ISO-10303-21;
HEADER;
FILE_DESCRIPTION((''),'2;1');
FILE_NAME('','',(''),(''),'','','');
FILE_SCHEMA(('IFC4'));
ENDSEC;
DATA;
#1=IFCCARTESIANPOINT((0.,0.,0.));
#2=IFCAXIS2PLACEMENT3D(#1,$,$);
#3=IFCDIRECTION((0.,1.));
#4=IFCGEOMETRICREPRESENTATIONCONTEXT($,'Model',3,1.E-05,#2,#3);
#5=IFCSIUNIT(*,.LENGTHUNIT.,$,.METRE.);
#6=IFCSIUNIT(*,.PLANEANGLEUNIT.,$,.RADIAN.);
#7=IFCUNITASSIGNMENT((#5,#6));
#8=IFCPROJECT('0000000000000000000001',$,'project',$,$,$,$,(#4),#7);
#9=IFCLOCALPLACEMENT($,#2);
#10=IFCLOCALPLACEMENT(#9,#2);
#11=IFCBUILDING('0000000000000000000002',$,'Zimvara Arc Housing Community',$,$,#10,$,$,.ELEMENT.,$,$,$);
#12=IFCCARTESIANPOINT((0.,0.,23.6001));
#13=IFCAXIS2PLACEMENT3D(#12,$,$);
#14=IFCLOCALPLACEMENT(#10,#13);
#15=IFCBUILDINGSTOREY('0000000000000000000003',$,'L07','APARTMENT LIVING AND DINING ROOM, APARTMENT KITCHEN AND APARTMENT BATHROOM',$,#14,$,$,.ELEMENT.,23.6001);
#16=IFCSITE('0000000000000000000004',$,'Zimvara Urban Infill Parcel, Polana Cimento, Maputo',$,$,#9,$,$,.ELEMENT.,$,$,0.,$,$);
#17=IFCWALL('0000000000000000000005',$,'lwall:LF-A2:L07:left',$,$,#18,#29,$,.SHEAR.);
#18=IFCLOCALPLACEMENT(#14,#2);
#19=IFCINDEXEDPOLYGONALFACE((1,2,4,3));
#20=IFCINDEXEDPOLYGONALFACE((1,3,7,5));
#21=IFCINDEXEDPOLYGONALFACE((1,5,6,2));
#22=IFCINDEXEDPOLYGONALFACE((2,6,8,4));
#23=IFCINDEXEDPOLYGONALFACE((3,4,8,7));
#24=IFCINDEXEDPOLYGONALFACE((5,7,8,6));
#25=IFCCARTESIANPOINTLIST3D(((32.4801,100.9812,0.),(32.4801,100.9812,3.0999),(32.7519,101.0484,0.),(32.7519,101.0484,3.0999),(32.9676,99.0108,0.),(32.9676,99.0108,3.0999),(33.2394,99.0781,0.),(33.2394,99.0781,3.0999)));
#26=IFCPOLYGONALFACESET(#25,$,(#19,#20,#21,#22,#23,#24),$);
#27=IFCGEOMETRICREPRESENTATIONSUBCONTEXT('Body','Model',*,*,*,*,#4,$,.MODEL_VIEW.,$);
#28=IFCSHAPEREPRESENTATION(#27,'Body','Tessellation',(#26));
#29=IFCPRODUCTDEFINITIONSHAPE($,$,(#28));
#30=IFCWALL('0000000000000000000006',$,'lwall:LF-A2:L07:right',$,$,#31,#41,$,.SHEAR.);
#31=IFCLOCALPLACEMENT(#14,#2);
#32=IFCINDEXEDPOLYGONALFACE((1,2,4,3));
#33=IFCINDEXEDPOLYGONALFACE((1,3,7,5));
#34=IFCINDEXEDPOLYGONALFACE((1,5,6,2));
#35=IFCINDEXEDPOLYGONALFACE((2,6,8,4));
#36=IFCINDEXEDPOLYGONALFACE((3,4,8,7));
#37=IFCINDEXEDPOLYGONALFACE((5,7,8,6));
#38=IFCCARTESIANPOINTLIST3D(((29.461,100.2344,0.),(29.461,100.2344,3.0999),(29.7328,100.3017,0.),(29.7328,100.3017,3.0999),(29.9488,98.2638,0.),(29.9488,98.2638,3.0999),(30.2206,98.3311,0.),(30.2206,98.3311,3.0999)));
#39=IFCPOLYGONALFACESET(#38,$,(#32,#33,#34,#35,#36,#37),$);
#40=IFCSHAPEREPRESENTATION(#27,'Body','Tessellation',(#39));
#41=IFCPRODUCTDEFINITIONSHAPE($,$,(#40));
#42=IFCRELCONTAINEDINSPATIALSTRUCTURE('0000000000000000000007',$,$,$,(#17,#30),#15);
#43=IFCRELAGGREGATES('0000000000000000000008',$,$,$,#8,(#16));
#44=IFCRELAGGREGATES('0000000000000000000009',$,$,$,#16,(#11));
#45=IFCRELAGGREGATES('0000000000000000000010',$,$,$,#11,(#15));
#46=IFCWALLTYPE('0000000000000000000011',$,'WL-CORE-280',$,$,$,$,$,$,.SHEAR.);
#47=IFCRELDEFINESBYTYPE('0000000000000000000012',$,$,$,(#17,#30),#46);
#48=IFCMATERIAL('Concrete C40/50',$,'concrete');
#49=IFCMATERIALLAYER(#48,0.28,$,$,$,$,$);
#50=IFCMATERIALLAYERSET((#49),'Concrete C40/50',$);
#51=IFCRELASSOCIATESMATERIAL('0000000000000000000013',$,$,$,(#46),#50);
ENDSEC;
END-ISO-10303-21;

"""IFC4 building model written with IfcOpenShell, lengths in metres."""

from ifc_helpers import new_model, si_unit, direction, frame, frame_2d, origin, place, context, subcontext, project, spatial, rectangle, extrude, material, layer, layer_set, type_object, element, save


model = new_model("IFC4")

# Units and contexts
model_context = context("Model", 3, precision=1e-05, world=origin(), true_north=direction((0.0, 1.0)))
body_context = subcontext(model_context, "Body", "Model", "MODEL_VIEW")
ifc_project = project(units=[si_unit("LENGTHUNIT", "METRE"), si_unit("PLANEANGLEUNIT", "RADIAN")], contexts=[model_context])

# Site, building, storey
site_placement = place(None, origin())
site = spatial("IfcSite", under=ifc_project, at=site_placement, Name="Zimvara Urban Infill Parcel, Polana Cimento, Maputo", CompositionType="ELEMENT", RefElevation=0.0)
building_placement = place(site_placement, origin())
building = spatial("IfcBuilding", under=site, at=building_placement, Name="Zimvara Arc Housing Community", CompositionType="ELEMENT")
storey_placement = place(building_placement, frame((0.0, 0.0, 23.6001)))
storey = spatial("IfcBuildingStorey", under=building, at=storey_placement, Name="L07", Description="APARTMENT LIVING AND DINING ROOM, APARTMENT KITCHEN AND APARTMENT BATHROOM", CompositionType="ELEMENT", Elevation=23.6001)

# Shared definitions
ifc_material_1 = material(Name="Concrete C40/50", Category="concrete")
ifc_layer_1 = layer(ifc_material_1, 0.28)
ifc_layer_set_1 = layer_set([ifc_layer_1], Name="Concrete C40/50")
wall_type_1 = type_object("IfcWallType", Name="WL-CORE-280", PredefinedType="SHEAR", material=ifc_layer_set_1)

# Walls
wall_1_placement = place(storey_placement, frame((33.1035, 99.0444, 0.0), z_axis=(0.0, 0.0, 1.0), x_axis=(-0.240186, 0.970727, 0.0)))
element("IfcWall", 1, at=wall_1_placement, inside=storey, type_object=wall_type_1, Name="lwall:LF-A2:L07:left", PredefinedType="SHEAR", context=body_context, shape_type="SweptSolid", body=[
    extrude(rectangle(XDim=2.0298, YDim=0.28, at=frame_2d((1.0149, 0.0))), origin(), (0.0, 0.0, 1.0), 3.0999),
])
wall_2_placement = place(storey_placement, frame((30.0847, 98.2974, 0.0), z_axis=(0.0, 0.0, 1.0), x_axis=(-0.240299, 0.970699, 0.0)))
element("IfcWall", 2, at=wall_2_placement, inside=storey, type_object=wall_type_1, Name="lwall:LF-A2:L07:right", PredefinedType="SHEAR", context=body_context, shape_type="SweptSolid", body=[
    extrude(rectangle(XDim=2.03, YDim=0.28, at=frame_2d((1.0151, 0.0))), origin(), (0.0, 0.0, 1.0), 3.0999),
])

save(model, "model.ifc")
